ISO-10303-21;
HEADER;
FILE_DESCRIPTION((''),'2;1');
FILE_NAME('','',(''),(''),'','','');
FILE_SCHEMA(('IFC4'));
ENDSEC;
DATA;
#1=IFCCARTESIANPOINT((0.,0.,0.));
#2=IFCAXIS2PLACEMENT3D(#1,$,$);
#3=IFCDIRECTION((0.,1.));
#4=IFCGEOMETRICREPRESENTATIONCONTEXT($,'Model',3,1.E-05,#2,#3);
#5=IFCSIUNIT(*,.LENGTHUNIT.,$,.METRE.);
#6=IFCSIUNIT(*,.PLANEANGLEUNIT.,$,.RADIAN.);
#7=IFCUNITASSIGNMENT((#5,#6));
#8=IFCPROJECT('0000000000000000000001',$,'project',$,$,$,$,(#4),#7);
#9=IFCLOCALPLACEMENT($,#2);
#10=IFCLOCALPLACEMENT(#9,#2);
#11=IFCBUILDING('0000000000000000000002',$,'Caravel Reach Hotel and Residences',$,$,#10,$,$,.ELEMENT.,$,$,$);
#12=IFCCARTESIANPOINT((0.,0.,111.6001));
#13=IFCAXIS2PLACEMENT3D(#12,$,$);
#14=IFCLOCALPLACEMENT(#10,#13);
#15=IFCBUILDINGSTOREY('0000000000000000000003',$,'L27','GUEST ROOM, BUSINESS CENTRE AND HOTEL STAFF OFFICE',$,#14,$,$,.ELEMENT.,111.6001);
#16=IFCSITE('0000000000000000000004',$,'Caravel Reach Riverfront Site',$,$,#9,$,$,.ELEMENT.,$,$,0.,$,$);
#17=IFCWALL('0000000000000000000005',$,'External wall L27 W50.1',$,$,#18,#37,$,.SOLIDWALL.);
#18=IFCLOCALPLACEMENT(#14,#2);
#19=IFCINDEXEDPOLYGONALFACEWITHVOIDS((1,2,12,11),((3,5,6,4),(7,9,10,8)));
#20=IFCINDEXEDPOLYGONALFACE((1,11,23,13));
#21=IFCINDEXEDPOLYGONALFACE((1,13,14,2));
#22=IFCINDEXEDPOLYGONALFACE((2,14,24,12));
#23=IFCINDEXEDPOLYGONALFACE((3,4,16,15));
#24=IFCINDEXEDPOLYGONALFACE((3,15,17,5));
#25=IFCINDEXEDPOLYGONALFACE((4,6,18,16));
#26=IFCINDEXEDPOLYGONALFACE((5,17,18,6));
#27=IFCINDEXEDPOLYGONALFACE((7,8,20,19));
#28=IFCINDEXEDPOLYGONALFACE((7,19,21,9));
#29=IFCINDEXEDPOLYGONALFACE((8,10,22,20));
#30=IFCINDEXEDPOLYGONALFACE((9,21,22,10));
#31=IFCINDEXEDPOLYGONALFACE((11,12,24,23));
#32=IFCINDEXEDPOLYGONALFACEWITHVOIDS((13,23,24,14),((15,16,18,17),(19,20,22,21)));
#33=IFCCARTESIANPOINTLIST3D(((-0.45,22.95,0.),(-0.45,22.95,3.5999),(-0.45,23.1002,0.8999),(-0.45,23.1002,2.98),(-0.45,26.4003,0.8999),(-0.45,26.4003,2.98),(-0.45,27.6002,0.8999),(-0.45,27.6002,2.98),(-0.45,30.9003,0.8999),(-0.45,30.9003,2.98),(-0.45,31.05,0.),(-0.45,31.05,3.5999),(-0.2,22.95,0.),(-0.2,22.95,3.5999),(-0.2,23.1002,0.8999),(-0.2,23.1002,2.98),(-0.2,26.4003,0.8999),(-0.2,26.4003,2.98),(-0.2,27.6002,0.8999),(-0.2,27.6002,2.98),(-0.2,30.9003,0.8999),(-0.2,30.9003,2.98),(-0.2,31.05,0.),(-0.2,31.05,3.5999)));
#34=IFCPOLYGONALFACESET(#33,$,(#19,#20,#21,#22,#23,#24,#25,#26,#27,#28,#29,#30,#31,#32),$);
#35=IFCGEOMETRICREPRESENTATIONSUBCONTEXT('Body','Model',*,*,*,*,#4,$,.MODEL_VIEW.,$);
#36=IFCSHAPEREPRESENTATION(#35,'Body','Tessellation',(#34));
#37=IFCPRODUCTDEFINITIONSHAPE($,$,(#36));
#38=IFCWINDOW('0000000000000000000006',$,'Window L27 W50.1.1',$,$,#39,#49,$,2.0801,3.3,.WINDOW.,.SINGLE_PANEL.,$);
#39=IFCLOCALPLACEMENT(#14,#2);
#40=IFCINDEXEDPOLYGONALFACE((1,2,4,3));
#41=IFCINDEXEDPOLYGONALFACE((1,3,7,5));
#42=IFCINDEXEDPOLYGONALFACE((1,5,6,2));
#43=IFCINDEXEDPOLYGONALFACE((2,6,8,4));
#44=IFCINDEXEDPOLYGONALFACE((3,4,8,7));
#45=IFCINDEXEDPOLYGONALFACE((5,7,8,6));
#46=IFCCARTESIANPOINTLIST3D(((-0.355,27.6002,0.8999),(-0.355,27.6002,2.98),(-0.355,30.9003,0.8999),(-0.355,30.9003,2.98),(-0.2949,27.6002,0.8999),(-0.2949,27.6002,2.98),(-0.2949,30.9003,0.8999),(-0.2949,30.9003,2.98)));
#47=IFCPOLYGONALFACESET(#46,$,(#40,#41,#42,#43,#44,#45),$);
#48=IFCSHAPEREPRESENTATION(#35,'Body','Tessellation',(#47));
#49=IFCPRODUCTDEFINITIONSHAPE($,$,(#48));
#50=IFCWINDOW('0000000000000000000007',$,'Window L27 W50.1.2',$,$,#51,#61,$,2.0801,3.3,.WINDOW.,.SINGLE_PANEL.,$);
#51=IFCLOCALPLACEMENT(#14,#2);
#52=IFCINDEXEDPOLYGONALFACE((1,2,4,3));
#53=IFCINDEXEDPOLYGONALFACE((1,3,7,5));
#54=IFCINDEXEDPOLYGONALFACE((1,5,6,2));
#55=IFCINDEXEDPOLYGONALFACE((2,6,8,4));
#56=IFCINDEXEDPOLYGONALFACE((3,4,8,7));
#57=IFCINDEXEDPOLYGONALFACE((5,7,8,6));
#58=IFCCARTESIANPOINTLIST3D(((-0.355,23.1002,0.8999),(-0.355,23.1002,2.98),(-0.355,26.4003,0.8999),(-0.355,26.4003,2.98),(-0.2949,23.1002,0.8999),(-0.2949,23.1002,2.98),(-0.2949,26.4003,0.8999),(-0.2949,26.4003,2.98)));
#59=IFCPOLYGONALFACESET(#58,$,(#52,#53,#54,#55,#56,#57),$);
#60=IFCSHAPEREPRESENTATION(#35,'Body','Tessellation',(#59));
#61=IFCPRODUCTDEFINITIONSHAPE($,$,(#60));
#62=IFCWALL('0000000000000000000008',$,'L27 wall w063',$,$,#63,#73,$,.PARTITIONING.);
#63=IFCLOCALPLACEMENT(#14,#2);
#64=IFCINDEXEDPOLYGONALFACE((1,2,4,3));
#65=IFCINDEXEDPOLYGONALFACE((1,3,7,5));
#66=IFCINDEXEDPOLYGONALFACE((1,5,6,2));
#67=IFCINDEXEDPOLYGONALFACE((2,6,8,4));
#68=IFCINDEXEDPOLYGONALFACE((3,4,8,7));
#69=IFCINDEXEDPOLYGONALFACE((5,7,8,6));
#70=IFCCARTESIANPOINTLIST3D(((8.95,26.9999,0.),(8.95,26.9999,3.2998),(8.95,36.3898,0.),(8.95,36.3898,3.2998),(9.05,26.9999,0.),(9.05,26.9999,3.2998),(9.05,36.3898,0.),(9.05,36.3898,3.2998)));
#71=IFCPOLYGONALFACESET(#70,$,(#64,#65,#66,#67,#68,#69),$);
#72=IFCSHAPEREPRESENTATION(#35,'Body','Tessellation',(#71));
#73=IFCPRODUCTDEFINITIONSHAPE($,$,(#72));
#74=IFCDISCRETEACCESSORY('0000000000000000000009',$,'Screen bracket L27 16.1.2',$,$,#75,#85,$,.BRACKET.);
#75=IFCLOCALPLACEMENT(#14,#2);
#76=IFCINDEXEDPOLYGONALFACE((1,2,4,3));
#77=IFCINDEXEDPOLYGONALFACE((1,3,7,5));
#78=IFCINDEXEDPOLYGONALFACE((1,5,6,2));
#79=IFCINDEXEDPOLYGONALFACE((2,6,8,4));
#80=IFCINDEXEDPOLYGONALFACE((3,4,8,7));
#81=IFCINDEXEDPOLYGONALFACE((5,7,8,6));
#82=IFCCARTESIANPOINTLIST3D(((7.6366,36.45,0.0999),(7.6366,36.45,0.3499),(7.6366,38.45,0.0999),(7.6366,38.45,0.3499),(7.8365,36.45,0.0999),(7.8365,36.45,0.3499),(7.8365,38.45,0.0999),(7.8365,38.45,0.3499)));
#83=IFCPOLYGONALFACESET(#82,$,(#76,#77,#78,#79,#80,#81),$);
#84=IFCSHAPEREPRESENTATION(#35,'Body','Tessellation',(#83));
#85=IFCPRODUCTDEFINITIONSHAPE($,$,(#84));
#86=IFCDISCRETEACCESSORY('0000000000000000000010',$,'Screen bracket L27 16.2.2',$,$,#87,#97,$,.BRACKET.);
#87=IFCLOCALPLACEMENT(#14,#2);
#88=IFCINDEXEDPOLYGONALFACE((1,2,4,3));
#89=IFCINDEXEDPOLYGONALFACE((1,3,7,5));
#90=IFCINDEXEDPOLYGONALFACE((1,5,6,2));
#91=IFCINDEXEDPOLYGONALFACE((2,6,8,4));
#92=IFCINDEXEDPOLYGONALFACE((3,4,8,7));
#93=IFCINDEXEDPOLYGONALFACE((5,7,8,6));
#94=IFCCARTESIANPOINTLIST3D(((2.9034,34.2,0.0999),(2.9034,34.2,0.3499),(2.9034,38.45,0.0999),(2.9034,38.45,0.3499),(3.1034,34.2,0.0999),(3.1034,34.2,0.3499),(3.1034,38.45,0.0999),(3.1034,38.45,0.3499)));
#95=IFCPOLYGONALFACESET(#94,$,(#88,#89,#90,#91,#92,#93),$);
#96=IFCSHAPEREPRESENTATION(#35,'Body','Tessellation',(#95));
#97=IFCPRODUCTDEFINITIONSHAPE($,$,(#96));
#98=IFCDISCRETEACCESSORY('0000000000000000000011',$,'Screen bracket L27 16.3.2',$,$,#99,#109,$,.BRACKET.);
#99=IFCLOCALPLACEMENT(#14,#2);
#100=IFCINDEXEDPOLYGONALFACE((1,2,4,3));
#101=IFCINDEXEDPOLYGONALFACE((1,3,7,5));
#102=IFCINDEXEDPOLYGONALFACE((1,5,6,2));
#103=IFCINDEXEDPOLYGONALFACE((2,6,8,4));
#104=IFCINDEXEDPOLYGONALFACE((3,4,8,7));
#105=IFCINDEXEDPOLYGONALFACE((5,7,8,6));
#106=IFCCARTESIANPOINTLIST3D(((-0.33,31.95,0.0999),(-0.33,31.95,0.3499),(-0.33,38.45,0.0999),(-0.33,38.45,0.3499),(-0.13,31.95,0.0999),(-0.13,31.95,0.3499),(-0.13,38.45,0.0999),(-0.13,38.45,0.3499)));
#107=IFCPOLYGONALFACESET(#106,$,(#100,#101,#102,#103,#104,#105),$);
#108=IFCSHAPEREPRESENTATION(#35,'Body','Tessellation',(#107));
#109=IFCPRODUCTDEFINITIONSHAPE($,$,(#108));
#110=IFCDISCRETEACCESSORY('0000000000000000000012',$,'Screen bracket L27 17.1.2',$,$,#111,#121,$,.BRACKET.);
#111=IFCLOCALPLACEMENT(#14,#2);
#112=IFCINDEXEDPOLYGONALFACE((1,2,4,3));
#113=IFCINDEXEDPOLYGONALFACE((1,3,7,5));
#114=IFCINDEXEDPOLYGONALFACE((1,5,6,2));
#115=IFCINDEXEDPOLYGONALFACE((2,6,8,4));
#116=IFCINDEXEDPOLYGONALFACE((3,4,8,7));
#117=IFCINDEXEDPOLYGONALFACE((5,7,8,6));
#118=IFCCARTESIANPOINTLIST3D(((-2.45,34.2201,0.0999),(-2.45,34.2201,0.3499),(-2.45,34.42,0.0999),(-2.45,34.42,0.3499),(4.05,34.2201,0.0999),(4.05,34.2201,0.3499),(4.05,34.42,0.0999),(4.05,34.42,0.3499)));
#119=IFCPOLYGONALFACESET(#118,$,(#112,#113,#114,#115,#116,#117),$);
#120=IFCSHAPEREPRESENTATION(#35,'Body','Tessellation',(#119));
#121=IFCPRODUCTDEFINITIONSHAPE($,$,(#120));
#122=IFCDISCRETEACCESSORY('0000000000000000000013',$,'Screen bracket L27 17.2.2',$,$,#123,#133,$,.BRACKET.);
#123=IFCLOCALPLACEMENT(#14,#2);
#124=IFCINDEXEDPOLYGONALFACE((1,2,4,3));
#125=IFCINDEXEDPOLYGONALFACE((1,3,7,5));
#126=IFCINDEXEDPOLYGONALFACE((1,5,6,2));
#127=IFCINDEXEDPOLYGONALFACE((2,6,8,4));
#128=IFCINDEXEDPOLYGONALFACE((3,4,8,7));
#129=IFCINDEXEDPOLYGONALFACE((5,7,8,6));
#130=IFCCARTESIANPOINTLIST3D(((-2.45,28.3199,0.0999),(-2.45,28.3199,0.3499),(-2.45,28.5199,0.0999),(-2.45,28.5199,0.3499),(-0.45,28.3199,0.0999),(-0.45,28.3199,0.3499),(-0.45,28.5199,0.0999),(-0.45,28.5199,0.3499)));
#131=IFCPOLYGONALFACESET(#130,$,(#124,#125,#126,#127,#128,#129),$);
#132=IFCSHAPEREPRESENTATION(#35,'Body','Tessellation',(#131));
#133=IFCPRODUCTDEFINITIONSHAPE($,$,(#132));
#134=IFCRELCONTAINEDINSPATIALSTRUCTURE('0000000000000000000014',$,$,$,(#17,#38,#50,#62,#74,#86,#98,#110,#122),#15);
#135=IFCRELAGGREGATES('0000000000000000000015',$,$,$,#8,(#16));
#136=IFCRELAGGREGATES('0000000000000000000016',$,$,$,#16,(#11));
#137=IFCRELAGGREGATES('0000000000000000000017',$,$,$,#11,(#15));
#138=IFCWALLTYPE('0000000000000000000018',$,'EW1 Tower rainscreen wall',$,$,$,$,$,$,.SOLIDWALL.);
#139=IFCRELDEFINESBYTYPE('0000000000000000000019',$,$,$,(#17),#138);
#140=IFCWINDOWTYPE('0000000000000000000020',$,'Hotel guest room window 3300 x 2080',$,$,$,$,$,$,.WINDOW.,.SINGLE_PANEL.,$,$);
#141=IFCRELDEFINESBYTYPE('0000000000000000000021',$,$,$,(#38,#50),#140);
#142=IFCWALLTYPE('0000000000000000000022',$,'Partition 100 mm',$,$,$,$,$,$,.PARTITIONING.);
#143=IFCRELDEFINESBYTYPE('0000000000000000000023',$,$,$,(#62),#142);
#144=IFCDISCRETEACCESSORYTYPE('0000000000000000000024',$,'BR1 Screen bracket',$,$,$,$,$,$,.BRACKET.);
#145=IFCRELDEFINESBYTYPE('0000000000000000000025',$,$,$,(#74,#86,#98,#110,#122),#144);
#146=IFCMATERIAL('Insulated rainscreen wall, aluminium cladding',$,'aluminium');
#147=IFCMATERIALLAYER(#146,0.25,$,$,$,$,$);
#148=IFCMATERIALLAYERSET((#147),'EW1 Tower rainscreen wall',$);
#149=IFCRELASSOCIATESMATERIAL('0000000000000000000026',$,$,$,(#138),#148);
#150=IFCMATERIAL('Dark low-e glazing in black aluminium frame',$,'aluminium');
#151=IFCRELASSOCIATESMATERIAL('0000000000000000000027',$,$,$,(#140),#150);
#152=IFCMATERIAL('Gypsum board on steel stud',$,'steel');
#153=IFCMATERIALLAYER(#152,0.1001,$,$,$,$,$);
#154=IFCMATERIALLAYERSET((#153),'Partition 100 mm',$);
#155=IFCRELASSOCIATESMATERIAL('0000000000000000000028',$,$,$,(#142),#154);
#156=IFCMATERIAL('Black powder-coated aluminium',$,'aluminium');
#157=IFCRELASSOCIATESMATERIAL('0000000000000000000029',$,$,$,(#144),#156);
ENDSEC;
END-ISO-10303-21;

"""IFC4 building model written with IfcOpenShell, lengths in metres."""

from ifc_helpers import new_model, si_unit, direction, frame, frame_2d, origin, origin_2d, place, context, subcontext, project, spatial, rectangle, extrude, material, layer, layer_set, type_object, element, fill, save


model = new_model("IFC4")

# Units and contexts
model_context = context("Model", 3, precision=1e-05, world=origin(), true_north=direction((0.0, 1.0)))
body_context = subcontext(model_context, "Body", "Model", "MODEL_VIEW")
ifc_project = project(units=[si_unit("LENGTHUNIT", "METRE"), si_unit("PLANEANGLEUNIT", "RADIAN")], contexts=[model_context])

# Site, building, storey
site_placement = place(None, origin())
site = spatial("IfcSite", under=ifc_project, at=site_placement, Name="Caravel Reach Riverfront Site", CompositionType="ELEMENT", RefElevation=0.0)
building_placement = place(site_placement, origin())
building = spatial("IfcBuilding", under=site, at=building_placement, Name="Caravel Reach Hotel and Residences", CompositionType="ELEMENT")
storey_placement = place(building_placement, frame((0.0, 0.0, 111.6001)))
storey = spatial("IfcBuildingStorey", under=building, at=storey_placement, Name="L27", Description="GUEST ROOM, BUSINESS CENTRE AND HOTEL STAFF OFFICE", CompositionType="ELEMENT", Elevation=111.6001)

# Shared definitions
ifc_material_1 = material(Name="Insulated rainscreen wall, aluminium cladding", Category="aluminium")
ifc_layer_1 = layer(ifc_material_1, 0.25)
ifc_layer_set_1 = layer_set([ifc_layer_1], Name="EW1 Tower rainscreen wall")
wall_type_1 = type_object("IfcWallType", Name="EW1 Tower rainscreen wall", PredefinedType="SOLIDWALL", material=ifc_layer_set_1)

# Wall, openings, windows
wall_1_placement = place(storey_placement, frame((-0.325, 31.05, 0.0), z_axis=(0.0, 0.0, 1.0), x_axis=(0.0, -1.0, 0.0)))
wall_1 = element("IfcWall", 1, at=wall_1_placement, inside=storey, type_object=wall_type_1, Name="External wall L27 W50.1", PredefinedType="SOLIDWALL", context=body_context, shape_type="SweptSolid", body=[
    extrude(rectangle(XDim=8.1001, YDim=0.25, at=frame_2d((4.05, 0.0))), origin(), (0.0, 0.0, 1.0), 3.5999),
])
opening_1_placement = place(wall_1_placement, frame((0.1499, 0.0, 0.8999)))
opening_1 = element("IfcOpeningElement", 2, at=opening_1_placement, cuts=wall_1, PredefinedType="OPENING", context=body_context, shape_type="SweptSolid", body=[
    extrude(rectangle(XDim=3.3, YDim=2.0801, at=frame_2d((1.6499, 1.04))), frame((0.0, 0.135, 0.0), z_axis=(0.0, -1.0, 0.0), x_axis=(1.0, 0.0, 0.0)), (0.0, 0.0, 1.0), 0.27),
])
opening_2_placement = place(wall_1_placement, frame((4.6499, 0.0, 0.8999)))
opening_2 = element("IfcOpeningElement", 3, at=opening_2_placement, cuts=wall_1, PredefinedType="OPENING", context=body_context, shape_type="SweptSolid", body=[
    extrude(rectangle(XDim=3.3, YDim=2.0801, at=frame_2d((1.6499, 1.04))), frame((0.0, 0.135, 0.0), z_axis=(0.0, -1.0, 0.0), x_axis=(1.0, 0.0, 0.0)), (0.0, 0.0, 1.0), 0.27),
])
ifc_material_2 = material(Name="Dark low-e glazing in black aluminium frame", Category="aluminium")
window_type_1 = type_object("IfcWindowType", Name="Hotel guest room window 3300 x 2080", PartitioningType="SINGLE_PANEL", PredefinedType="WINDOW", material=ifc_material_2)
window_1_placement = place(opening_1_placement, origin())
window_1 = element("IfcWindow", 4, at=window_1_placement, inside=storey, type_object=window_type_1, Name="Window L27 W50.1.1", OverallHeight=2.0801, OverallWidth=3.3, PartitioningType="SINGLE_PANEL", PredefinedType="WINDOW", context=body_context, shape_type="SweptSolid", body=[
    extrude(rectangle(XDim=3.3, YDim=2.0801, at=frame_2d((1.6499, 1.04))), frame((0.0, 0.03, 0.0), z_axis=(0.0, -1.0, 0.0), x_axis=(1.0, 0.0, 0.0)), (0.0, 0.0, 1.0), 0.0601),
])
fill(opening_1, window_1)
window_2_placement = place(opening_2_placement, origin())
window_2 = element("IfcWindow", 5, at=window_2_placement, inside=storey, type_object=window_type_1, Name="Window L27 W50.1.2", OverallHeight=2.0801, OverallWidth=3.3, PartitioningType="SINGLE_PANEL", PredefinedType="WINDOW", context=body_context, shape_type="SweptSolid", body=[
    extrude(rectangle(XDim=3.3, YDim=2.0801, at=frame_2d((1.6499, 1.04))), frame((0.0, 0.03, 0.0), z_axis=(0.0, -1.0, 0.0), x_axis=(1.0, 0.0, 0.0)), (0.0, 0.0, 1.0), 0.0601),
])
fill(opening_2, window_2)

# Wall
ifc_material_3 = material(Name="Gypsum board on steel stud", Category="steel")
ifc_layer_2 = layer(ifc_material_3, 0.1001)
ifc_layer_set_2 = layer_set([ifc_layer_2], Name="Partition 100 mm")
wall_type_2 = type_object("IfcWallType", Name="Partition 100 mm", PredefinedType="PARTITIONING", material=ifc_layer_set_2)
wall_2_placement = place(storey_placement, frame((9.0, 27.0, 0.0), z_axis=(0.0, 0.0, 1.0), x_axis=(0.0, 1.0, 0.0)))
element("IfcWall", 6, at=wall_2_placement, inside=storey, type_object=wall_type_2, Name="L27 wall w063", PredefinedType="PARTITIONING", context=body_context, shape_type="SweptSolid", body=[
    extrude(rectangle(XDim=9.3899, YDim=0.1001, at=frame_2d((4.6948, 0.0))), origin(), (0.0, 0.0, 1.0), 3.2998),
])

# Discrete accessories
ifc_material_4 = material(Name="Black powder-coated aluminium", Category="aluminium")
discrete_accessory_type = type_object("IfcDiscreteAccessoryType", Name="BR1 Screen bracket", PredefinedType="BRACKET", material=ifc_material_4)
discrete_accessory_1_placement = place(storey_placement, frame((7.7366, 37.45, 0.0999), z_axis=(0.0, 0.0, 1.0), x_axis=(0.0, 1.0, 0.0)))
element("IfcDiscreteAccessory", 7, at=discrete_accessory_1_placement, inside=storey, type_object=discrete_accessory_type, Name="Screen bracket L27 16.1.2", PredefinedType="BRACKET", context=body_context, shape_type="SweptSolid", body=[
    extrude(rectangle(XDim=2.0, YDim=0.2, at=origin_2d()), origin(), (0.0, 0.0, 1.0), 0.25),
])
discrete_accessory_2_placement = place(storey_placement, frame((3.0034, 36.325, 0.0999), z_axis=(0.0, 0.0, 1.0), x_axis=(0.0, 1.0, 0.0)))
element("IfcDiscreteAccessory", 8, at=discrete_accessory_2_placement, inside=storey, type_object=discrete_accessory_type, Name="Screen bracket L27 16.2.2", PredefinedType="BRACKET", context=body_context, shape_type="SweptSolid", body=[
    extrude(rectangle(XDim=4.25, YDim=0.2, at=origin_2d()), origin(), (0.0, 0.0, 1.0), 0.25),
])
for number, where, z_axis, x_axis, name in (
    (9, (-0.23, 35.2, 0.0999), (0.0, 0.0, 1.0), (0.0, 1.0, 0.0), "Screen bracket L27 16.3.2"),
    (10, (0.8, 34.3201, 0.0999), (0.0, 0.0, 1.0), (-1.0, 0.0, 0.0), "Screen bracket L27 17.1.2"),
):
    element("IfcDiscreteAccessory", number, at=place(storey_placement, frame(where, z_axis=z_axis, x_axis=x_axis)), inside=storey, type_object=discrete_accessory_type, Name=name, PredefinedType="BRACKET", context=body_context, shape_type="SweptSolid", body=[
        extrude(rectangle(XDim=6.5, YDim=0.2, at=origin_2d()), origin(), (0.0, 0.0, 1.0), 0.25),
    ])
discrete_accessory_3_placement = place(storey_placement, frame((-1.45, 28.4199, 0.0999), z_axis=(0.0, 0.0, 1.0), x_axis=(-1.0, 0.0, 0.0)))
element("IfcDiscreteAccessory", 11, at=discrete_accessory_3_placement, inside=storey, type_object=discrete_accessory_type, Name="Screen bracket L27 17.2.2", PredefinedType="BRACKET", context=body_context, shape_type="SweptSolid", body=[
    extrude(rectangle(XDim=2.0, YDim=0.2, at=origin_2d()), origin(), (0.0, 0.0, 1.0), 0.25),
])

save(model, "model.ifc")
